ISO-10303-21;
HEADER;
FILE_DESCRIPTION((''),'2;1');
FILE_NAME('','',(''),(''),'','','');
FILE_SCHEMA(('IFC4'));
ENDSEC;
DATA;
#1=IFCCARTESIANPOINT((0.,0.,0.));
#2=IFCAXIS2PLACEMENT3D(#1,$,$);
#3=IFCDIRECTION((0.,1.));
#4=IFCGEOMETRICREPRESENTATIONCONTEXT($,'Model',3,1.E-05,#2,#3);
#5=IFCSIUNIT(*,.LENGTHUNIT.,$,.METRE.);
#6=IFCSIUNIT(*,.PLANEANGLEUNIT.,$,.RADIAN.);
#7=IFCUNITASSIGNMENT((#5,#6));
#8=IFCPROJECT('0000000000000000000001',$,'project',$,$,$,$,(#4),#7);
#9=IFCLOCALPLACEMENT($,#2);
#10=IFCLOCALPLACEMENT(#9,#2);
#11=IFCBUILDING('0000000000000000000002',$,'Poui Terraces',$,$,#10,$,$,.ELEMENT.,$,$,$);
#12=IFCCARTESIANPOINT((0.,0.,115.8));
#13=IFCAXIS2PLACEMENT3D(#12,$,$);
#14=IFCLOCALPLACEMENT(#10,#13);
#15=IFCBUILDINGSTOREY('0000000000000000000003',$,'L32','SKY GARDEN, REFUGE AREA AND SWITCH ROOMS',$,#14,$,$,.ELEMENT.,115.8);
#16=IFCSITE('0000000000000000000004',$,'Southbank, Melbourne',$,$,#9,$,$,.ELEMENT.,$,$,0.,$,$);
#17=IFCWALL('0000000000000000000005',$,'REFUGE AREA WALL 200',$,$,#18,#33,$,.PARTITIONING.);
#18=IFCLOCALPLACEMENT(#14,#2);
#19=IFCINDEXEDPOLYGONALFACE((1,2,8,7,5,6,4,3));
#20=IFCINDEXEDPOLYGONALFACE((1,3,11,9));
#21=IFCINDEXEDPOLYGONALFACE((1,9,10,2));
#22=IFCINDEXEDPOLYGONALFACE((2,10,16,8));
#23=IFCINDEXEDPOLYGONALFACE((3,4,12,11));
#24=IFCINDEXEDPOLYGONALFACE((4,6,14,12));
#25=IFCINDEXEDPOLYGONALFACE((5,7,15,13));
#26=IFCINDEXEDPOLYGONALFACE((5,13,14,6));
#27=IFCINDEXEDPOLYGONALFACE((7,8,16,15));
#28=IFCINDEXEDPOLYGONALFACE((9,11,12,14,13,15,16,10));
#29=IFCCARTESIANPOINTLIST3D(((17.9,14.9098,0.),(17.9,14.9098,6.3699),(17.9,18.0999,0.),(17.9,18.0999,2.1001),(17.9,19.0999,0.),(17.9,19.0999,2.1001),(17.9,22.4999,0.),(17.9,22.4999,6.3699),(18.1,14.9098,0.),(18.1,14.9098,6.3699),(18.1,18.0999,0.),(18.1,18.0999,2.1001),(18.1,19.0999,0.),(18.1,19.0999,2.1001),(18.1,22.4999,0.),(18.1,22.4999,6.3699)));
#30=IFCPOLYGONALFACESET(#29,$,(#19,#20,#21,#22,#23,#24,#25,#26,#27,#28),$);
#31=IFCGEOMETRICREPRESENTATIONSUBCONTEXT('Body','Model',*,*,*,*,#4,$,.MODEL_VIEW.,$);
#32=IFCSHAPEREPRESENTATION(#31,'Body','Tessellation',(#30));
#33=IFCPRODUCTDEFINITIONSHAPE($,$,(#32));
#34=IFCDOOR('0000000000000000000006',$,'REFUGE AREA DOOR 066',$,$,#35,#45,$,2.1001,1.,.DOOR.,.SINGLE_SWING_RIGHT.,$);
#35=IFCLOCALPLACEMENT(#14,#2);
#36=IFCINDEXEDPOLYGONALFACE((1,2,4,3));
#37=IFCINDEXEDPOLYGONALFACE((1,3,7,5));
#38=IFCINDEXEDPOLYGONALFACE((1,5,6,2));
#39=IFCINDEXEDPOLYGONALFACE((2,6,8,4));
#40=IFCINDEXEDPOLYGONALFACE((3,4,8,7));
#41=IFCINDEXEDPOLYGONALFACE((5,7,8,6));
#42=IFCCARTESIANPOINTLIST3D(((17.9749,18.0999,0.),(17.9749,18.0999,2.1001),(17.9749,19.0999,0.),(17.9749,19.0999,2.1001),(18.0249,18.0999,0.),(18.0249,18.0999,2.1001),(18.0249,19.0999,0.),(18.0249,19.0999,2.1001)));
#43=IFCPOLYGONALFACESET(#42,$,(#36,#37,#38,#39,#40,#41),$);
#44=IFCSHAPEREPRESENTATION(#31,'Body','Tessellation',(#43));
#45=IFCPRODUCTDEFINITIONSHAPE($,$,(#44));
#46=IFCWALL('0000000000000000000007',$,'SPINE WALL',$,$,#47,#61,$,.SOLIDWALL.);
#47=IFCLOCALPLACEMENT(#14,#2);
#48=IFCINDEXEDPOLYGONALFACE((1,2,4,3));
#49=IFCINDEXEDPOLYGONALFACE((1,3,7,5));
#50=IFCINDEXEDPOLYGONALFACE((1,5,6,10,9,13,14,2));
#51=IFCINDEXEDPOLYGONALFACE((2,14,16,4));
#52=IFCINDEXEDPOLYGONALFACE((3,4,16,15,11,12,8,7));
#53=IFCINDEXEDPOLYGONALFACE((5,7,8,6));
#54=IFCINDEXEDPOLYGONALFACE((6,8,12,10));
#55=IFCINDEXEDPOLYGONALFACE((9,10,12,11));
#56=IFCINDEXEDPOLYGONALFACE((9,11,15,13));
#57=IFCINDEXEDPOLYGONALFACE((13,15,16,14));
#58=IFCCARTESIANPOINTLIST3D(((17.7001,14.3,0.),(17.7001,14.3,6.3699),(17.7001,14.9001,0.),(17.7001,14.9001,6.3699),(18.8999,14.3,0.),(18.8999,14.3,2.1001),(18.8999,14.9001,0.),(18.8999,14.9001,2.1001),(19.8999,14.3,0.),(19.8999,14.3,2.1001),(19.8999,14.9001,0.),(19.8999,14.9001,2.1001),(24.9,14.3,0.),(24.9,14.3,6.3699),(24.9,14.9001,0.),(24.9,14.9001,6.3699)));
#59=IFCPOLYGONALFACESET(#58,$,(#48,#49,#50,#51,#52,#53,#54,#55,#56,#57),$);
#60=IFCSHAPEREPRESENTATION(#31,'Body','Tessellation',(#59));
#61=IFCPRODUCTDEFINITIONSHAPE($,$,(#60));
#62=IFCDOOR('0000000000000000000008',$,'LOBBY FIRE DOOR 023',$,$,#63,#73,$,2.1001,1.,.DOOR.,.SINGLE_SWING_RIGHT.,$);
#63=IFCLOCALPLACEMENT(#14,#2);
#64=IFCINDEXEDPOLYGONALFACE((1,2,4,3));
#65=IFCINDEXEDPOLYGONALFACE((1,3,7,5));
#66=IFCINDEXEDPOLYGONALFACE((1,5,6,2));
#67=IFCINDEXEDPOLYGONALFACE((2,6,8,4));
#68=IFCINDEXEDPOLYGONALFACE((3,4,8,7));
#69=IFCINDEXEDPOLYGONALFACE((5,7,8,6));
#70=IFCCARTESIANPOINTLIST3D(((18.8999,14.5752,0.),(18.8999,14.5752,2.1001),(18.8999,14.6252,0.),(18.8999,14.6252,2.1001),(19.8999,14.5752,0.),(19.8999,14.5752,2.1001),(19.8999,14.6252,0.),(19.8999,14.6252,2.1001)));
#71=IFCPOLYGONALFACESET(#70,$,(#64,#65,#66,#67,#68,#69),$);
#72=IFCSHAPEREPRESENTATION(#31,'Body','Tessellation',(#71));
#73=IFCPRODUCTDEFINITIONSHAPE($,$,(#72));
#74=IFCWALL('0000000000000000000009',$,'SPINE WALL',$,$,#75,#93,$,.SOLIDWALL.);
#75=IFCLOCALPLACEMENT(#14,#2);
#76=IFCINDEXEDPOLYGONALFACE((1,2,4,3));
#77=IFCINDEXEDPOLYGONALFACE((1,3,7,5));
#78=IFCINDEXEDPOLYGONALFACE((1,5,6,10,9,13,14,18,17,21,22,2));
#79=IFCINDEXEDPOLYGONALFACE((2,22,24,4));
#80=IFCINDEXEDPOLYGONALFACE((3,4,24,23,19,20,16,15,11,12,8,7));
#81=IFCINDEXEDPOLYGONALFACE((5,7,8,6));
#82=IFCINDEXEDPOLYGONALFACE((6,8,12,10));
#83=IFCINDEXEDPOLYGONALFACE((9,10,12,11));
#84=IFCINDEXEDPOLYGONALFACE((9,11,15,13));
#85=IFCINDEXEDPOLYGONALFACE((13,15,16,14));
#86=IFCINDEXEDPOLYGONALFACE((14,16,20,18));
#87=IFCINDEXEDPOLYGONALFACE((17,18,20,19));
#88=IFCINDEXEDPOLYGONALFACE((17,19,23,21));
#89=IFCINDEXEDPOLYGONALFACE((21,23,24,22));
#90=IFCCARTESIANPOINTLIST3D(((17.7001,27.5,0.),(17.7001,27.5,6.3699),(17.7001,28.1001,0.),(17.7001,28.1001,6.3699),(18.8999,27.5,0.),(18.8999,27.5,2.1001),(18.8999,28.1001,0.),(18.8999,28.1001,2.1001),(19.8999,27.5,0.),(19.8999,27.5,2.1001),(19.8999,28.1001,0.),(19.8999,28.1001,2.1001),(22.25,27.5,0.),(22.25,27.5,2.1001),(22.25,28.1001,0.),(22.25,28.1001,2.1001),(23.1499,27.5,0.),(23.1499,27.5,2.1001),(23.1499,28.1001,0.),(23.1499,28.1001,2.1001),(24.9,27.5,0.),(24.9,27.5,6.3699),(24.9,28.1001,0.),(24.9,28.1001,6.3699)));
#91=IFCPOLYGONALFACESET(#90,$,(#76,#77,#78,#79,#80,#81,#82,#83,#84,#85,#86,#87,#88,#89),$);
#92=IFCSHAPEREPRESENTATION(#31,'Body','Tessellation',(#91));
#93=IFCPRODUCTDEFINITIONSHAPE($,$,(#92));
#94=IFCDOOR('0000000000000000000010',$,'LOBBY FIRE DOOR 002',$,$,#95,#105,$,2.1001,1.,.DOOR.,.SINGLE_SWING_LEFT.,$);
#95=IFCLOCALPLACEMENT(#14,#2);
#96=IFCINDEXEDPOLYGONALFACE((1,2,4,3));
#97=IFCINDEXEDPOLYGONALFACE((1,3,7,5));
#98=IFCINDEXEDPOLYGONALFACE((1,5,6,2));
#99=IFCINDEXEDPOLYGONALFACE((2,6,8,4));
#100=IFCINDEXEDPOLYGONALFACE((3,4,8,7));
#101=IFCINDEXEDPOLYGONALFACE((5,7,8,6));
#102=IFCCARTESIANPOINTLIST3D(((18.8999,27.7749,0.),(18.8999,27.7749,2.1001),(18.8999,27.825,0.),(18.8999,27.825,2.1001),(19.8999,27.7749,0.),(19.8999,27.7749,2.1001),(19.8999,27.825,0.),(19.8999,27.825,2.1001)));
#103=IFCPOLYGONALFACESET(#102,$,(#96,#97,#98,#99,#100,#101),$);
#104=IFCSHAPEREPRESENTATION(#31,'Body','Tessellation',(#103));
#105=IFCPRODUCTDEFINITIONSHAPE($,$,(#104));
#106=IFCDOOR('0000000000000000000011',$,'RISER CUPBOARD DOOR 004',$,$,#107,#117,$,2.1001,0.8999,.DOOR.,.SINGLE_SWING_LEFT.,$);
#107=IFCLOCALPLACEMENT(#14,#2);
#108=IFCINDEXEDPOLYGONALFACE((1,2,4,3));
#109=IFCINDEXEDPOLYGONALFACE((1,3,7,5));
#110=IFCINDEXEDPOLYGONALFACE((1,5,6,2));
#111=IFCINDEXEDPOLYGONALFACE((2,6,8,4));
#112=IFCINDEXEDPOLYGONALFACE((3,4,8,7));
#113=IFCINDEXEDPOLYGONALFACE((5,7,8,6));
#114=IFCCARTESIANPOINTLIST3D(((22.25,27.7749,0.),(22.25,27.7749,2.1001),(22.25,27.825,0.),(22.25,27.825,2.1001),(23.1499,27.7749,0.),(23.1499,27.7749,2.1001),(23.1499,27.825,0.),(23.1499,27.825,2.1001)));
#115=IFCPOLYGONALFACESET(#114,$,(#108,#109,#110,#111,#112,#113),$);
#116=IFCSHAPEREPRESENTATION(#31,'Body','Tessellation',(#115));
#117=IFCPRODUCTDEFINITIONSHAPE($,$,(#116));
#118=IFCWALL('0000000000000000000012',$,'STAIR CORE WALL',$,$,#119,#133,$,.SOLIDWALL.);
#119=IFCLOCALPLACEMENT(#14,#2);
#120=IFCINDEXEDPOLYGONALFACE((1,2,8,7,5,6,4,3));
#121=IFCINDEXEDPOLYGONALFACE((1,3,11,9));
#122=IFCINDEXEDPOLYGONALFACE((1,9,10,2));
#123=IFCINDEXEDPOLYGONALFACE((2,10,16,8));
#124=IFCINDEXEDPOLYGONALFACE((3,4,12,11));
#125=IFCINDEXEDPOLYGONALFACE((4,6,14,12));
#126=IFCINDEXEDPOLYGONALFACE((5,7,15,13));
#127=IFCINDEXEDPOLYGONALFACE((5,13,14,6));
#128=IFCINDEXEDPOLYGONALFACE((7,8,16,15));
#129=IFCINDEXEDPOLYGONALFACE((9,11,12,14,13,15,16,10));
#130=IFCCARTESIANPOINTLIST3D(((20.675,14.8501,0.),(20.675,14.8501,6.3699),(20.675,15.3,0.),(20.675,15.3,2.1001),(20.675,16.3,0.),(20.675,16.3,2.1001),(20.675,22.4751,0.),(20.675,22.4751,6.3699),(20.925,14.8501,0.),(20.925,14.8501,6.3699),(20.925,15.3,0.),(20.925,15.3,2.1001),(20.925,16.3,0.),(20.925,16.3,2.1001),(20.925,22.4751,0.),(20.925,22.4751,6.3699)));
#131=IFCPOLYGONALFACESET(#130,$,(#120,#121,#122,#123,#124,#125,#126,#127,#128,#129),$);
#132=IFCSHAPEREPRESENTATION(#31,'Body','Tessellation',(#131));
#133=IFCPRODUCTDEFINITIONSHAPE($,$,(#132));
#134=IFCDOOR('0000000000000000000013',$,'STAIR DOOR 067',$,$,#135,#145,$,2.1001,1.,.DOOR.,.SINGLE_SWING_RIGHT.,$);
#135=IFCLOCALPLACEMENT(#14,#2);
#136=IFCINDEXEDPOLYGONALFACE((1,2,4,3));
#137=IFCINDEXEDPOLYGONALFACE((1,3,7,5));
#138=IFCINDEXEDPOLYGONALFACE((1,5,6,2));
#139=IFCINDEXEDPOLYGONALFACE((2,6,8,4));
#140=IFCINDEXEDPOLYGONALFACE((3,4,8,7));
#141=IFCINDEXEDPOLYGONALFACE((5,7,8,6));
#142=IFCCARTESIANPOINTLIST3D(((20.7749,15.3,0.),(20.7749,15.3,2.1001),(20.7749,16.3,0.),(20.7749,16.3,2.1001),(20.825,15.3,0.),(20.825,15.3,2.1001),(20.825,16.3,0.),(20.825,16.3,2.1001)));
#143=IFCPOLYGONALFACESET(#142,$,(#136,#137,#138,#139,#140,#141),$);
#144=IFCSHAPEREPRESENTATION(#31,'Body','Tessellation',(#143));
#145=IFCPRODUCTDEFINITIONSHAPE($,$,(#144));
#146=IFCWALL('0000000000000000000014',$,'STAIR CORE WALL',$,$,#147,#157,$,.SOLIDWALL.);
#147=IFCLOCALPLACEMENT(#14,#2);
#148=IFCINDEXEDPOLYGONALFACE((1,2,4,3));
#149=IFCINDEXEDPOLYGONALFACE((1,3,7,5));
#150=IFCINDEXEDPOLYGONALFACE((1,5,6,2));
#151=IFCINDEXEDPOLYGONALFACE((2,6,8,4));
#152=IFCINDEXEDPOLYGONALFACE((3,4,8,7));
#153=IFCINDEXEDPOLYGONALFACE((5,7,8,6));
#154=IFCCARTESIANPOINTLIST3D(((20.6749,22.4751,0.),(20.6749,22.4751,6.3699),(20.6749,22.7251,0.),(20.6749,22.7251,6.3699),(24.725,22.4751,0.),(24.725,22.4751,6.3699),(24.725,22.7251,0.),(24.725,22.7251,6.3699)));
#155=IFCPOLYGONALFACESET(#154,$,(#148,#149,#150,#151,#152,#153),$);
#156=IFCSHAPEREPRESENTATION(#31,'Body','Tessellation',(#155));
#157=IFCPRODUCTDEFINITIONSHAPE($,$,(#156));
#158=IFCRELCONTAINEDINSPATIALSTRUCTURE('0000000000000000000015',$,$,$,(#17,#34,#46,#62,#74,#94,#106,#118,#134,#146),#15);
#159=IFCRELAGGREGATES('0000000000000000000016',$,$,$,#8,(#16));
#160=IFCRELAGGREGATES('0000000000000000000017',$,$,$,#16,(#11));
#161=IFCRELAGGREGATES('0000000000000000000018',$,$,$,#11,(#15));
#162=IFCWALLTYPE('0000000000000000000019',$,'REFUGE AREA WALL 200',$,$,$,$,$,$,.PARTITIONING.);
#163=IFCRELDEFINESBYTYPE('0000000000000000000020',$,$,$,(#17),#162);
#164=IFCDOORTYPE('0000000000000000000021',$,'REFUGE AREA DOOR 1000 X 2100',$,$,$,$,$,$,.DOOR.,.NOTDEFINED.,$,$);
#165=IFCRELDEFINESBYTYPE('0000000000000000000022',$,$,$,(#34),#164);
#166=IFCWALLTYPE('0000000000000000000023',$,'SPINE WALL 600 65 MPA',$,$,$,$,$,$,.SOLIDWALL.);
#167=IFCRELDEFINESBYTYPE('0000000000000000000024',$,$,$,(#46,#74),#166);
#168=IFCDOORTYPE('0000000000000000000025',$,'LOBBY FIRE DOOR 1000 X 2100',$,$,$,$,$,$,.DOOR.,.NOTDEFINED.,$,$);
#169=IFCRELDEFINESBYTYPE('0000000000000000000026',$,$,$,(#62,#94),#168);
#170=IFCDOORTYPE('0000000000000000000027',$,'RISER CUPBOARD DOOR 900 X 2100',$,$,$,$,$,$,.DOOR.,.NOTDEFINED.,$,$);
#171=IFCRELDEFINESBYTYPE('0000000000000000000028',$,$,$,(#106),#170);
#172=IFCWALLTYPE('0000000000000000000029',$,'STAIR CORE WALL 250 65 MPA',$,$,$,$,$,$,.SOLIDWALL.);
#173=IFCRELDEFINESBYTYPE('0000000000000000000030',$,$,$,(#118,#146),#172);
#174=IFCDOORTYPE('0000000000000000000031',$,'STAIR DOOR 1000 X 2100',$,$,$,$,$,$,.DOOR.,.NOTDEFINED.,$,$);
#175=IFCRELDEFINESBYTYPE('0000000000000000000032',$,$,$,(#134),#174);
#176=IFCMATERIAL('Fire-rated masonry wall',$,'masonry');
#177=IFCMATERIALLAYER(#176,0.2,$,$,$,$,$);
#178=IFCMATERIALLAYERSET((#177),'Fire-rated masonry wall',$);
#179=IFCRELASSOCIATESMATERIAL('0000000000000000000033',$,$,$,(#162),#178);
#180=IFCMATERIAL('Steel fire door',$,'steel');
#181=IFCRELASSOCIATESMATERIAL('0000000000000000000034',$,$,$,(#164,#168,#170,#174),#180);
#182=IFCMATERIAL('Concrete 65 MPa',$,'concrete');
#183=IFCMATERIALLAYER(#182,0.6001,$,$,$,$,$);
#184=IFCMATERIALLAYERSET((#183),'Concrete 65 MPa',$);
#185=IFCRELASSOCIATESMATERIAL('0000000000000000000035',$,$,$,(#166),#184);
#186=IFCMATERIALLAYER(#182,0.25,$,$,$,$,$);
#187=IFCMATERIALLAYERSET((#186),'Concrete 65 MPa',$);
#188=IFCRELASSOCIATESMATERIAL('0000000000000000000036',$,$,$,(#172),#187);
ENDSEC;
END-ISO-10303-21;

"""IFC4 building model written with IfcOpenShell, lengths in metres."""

from ifc_helpers import new_model, si_unit, direction, frame, frame_2d, origin, place, context, subcontext, project, spatial, rectangle, extrude, material, layer, layer_set, type_object, element, fill, save


model = new_model("IFC4")

# Units and contexts
model_context = context("Model", 3, precision=1e-05, world=origin(), true_north=direction((0.0, 1.0)))
body_context = subcontext(model_context, "Body", "Model", "MODEL_VIEW")
ifc_project = project(units=[si_unit("LENGTHUNIT", "METRE"), si_unit("PLANEANGLEUNIT", "RADIAN")], contexts=[model_context])

# Site, building, storey
site_placement = place(None, origin())
site = spatial("IfcSite", under=ifc_project, at=site_placement, Name="Southbank, Melbourne", CompositionType="ELEMENT", RefElevation=0.0)
building_placement = place(site_placement, origin())
building = spatial("IfcBuilding", under=site, at=building_placement, Name="Poui Terraces", CompositionType="ELEMENT")
storey_placement = place(building_placement, frame((0.0, 0.0, 115.8)))
storey = spatial("IfcBuildingStorey", under=building, at=storey_placement, Name="L32", Description="SKY GARDEN, REFUGE AREA AND SWITCH ROOMS", CompositionType="ELEMENT", Elevation=115.8)

# Shared definitions
ifc_material_1 = material(Name="Concrete 65 MPa", Category="concrete")

# Shared definitions
ifc_material_2 = material(Name="Steel fire door", Category="steel")

# Shared definitions
ifc_material_3 = material(Name="Fire-rated masonry wall", Category="masonry")
ifc_layer_1 = layer(ifc_material_3, 0.2)
ifc_layer_set_1 = layer_set([ifc_layer_1], Name="Fire-rated masonry wall")
wall_type_1 = type_object("IfcWallType", Name="REFUGE AREA WALL 200", PredefinedType="PARTITIONING", material=ifc_layer_set_1)

# Walls, openings, doors
wall_1_placement = place(storey_placement, frame((18.0, 14.9099, 0.0), z_axis=(0.0, 0.0, 1.0), x_axis=(0.0, 1.0, 0.0)))
wall_1 = element("IfcWall", 1, at=wall_1_placement, inside=storey, type_object=wall_type_1, Name="REFUGE AREA WALL 200", PredefinedType="PARTITIONING", context=body_context, shape_type="SweptSolid", body=[
    extrude(rectangle(XDim=7.5901, YDim=0.2, at=frame_2d((3.7949, 0.0))), origin(), (0.0, 0.0, 1.0), 6.3699),
])
opening_1_placement = place(wall_1_placement, frame((3.1899, 0.0, 0.0)))
opening_1 = element("IfcOpeningElement", 2, at=opening_1_placement, cuts=wall_1, PredefinedType="OPENING", context=body_context, shape_type="SweptSolid", body=[
    extrude(rectangle(XDim=1.0, YDim=2.1001, at=frame_2d((0.5, 1.05))), frame((0.0, 0.1099, 0.0), z_axis=(0.0, -1.0, 0.0), x_axis=(1.0, 0.0, 0.0)), (0.0, 0.0, 1.0), 0.22),
])
door_type_1 = type_object("IfcDoorType", Name="REFUGE AREA DOOR 1000 X 2100", OperationType="NOTDEFINED", PredefinedType="DOOR", material=ifc_material_2)
door_1_placement = place(opening_1_placement, frame((1.0, 0.0, 0.0), z_axis=(0.0, 0.0, 1.0), x_axis=(-1.0, 0.0, 0.0)))
door_1 = element("IfcDoor", 3, at=door_1_placement, inside=storey, type_object=door_type_1, Name="REFUGE AREA DOOR 066", OperationType="SINGLE_SWING_RIGHT", OverallHeight=2.1001, OverallWidth=1.0, PredefinedType="DOOR", context=body_context, shape_type="SweptSolid", body=[
    extrude(rectangle(XDim=1.0, YDim=2.1001, at=frame_2d((0.5, 1.05))), frame((0.0, 0.0249, 0.0), z_axis=(0.0, -1.0, 0.0), x_axis=(1.0, 0.0, 0.0)), (0.0, 0.0, 1.0), 0.05),
])
fill(opening_1, door_1)
ifc_layer_2 = layer(ifc_material_1, 0.6001)
ifc_layer_set_2 = layer_set([ifc_layer_2], Name="Concrete 65 MPa")
wall_type_2 = type_object("IfcWallType", Name="SPINE WALL 600 65 MPA", PredefinedType="SOLIDWALL", material=ifc_layer_set_2)
wall_2_placement = place(storey_placement, frame((17.7, 14.6001, 0.0), z_axis=(0.0, 0.0, 1.0), x_axis=(1.0, 0.0, 0.0)))
wall_2 = element("IfcWall", 4, at=wall_2_placement, inside=storey, type_object=wall_type_2, Name="SPINE WALL", PredefinedType="SOLIDWALL", context=body_context, shape_type="SweptSolid", body=[
    extrude(rectangle(XDim=7.2, YDim=0.6001, at=frame_2d((3.6001, 0.0))), origin(), (0.0, 0.0, 1.0), 6.3699),
])
opening_2_placement = place(wall_2_placement, frame((1.2, 0.0, 0.0)))
opening_2 = element("IfcOpeningElement", 5, at=opening_2_placement, cuts=wall_2, PredefinedType="OPENING", context=body_context, shape_type="SweptSolid", body=[
    extrude(rectangle(XDim=1.0, YDim=2.1001, at=frame_2d((0.5, 1.05))), frame((0.0, 0.3101, 0.0), z_axis=(0.0, -1.0, 0.0), x_axis=(1.0, 0.0, 0.0)), (0.0, 0.0, 1.0), 0.6201),
])
door_type_2 = type_object("IfcDoorType", Name="LOBBY FIRE DOOR 1000 X 2100", OperationType="NOTDEFINED", PredefinedType="DOOR", material=ifc_material_2)
door_2_placement = place(opening_2_placement, frame((1.0, 0.0, 0.0), z_axis=(0.0, 0.0, 1.0), x_axis=(-1.0, 0.0, 0.0)))
door_2 = element("IfcDoor", 6, at=door_2_placement, inside=storey, type_object=door_type_2, Name="LOBBY FIRE DOOR 023", OperationType="SINGLE_SWING_RIGHT", OverallHeight=2.1001, OverallWidth=1.0, PredefinedType="DOOR", context=body_context, shape_type="SweptSolid", body=[
    extrude(rectangle(XDim=1.0, YDim=2.1001, at=frame_2d((0.5, 1.05))), frame((0.0, 0.0249, 0.0), z_axis=(0.0, -1.0, 0.0), x_axis=(1.0, 0.0, 0.0)), (0.0, 0.0, 1.0), 0.05),
])
fill(opening_2, door_2)

# Wall, openings, doors
wall_3_placement = place(storey_placement, frame((17.7, 27.8, 0.0), z_axis=(0.0, 0.0, 1.0), x_axis=(1.0, 0.0, 0.0)))
wall_3 = element("IfcWall", 7, at=wall_3_placement, inside=storey, type_object=wall_type_2, Name="SPINE WALL", PredefinedType="SOLIDWALL", context=body_context, shape_type="SweptSolid", body=[
    extrude(rectangle(XDim=7.2, YDim=0.6001, at=frame_2d((3.6001, 0.0))), origin(), (0.0, 0.0, 1.0), 6.3699),
])
opening_3_placement = place(wall_3_placement, frame((1.2, 0.0, 0.0)))
opening_3 = element("IfcOpeningElement", 8, at=opening_3_placement, cuts=wall_3, PredefinedType="OPENING", context=body_context, shape_type="SweptSolid", body=[
    extrude(rectangle(XDim=1.0, YDim=2.1001, at=frame_2d((0.5, 1.05))), frame((0.0, 0.3101, 0.0), z_axis=(0.0, -1.0, 0.0), x_axis=(1.0, 0.0, 0.0)), (0.0, 0.0, 1.0), 0.6201),
])
opening_4_placement = place(wall_3_placement, frame((4.55, 0.0, 0.0)))
opening_4 = element("IfcOpeningElement", 9, at=opening_4_placement, cuts=wall_3, PredefinedType="OPENING", context=body_context, shape_type="SweptSolid", body=[
    extrude(rectangle(XDim=0.8999, YDim=2.1001, at=frame_2d((0.45, 1.05))), frame((0.0, 0.3101, 0.0), z_axis=(0.0, -1.0, 0.0), x_axis=(1.0, 0.0, 0.0)), (0.0, 0.0, 1.0), 0.6201),
])
door_3_placement = place(opening_3_placement, origin())
door_3 = element("IfcDoor", 10, at=door_3_placement, inside=storey, type_object=door_type_2, Name="LOBBY FIRE DOOR 002", OperationType="SINGLE_SWING_LEFT", OverallHeight=2.1001, OverallWidth=1.0, PredefinedType="DOOR", context=body_context, shape_type="SweptSolid", body=[
    extrude(rectangle(XDim=1.0, YDim=2.1001, at=frame_2d((0.5, 1.05))), frame((0.0, 0.0249, 0.0), z_axis=(0.0, -1.0, 0.0), x_axis=(1.0, 0.0, 0.0)), (0.0, 0.0, 1.0), 0.05),
])
fill(opening_3, door_3)
door_type_3 = type_object("IfcDoorType", Name="RISER CUPBOARD DOOR 900 X 2100", OperationType="NOTDEFINED", PredefinedType="DOOR", material=ifc_material_2)
door_4_placement = place(opening_4_placement, origin())
door_4 = element("IfcDoor", 11, at=door_4_placement, inside=storey, type_object=door_type_3, Name="RISER CUPBOARD DOOR 004", OperationType="SINGLE_SWING_LEFT", OverallHeight=2.1001, OverallWidth=0.8999, PredefinedType="DOOR", context=body_context, shape_type="SweptSolid", body=[
    extrude(rectangle(XDim=0.8999, YDim=2.1001, at=frame_2d((0.45, 1.05))), frame((0.0, 0.0249, 0.0), z_axis=(0.0, -1.0, 0.0), x_axis=(1.0, 0.0, 0.0)), (0.0, 0.0, 1.0), 0.05),
])
fill(opening_4, door_4)

# Wall, opening, door
ifc_layer_3 = layer(ifc_material_1, 0.25)
ifc_layer_set_3 = layer_set([ifc_layer_3], Name="Concrete 65 MPa")
wall_type_3 = type_object("IfcWallType", Name="STAIR CORE WALL 250 65 MPA", PredefinedType="SOLIDWALL", material=ifc_layer_set_3)
wall_4_placement = place(storey_placement, frame((20.8, 14.8501, 0.0), z_axis=(0.0, 0.0, 1.0), x_axis=(0.0, 1.0, 0.0)))
wall_4 = element("IfcWall", 12, at=wall_4_placement, inside=storey, type_object=wall_type_3, Name="STAIR CORE WALL", PredefinedType="SOLIDWALL", context=body_context, shape_type="SweptSolid", body=[
    extrude(rectangle(XDim=7.625, YDim=0.25, at=frame_2d((3.8125, 0.0))), origin(), (0.0, 0.0, 1.0), 6.3699),
])
opening_5_placement = place(wall_4_placement, frame((0.45, 0.0, 0.0)))
opening_5 = element("IfcOpeningElement", 13, at=opening_5_placement, cuts=wall_4, PredefinedType="OPENING", context=body_context, shape_type="SweptSolid", body=[
    extrude(rectangle(XDim=1.0, YDim=2.1001, at=frame_2d((0.5, 1.05))), frame((0.0, 0.135, 0.0), z_axis=(0.0, -1.0, 0.0), x_axis=(1.0, 0.0, 0.0)), (0.0, 0.0, 1.0), 0.27),
])
door_type_4 = type_object("IfcDoorType", Name="STAIR DOOR 1000 X 2100", OperationType="NOTDEFINED", PredefinedType="DOOR", material=ifc_material_2)
door_5_placement = place(opening_5_placement, frame((1.0, 0.0, 0.0), z_axis=(0.0, 0.0, 1.0), x_axis=(-1.0, 0.0, 0.0)))
door_5 = element("IfcDoor", 14, at=door_5_placement, inside=storey, type_object=door_type_4, Name="STAIR DOOR 067", OperationType="SINGLE_SWING_RIGHT", OverallHeight=2.1001, OverallWidth=1.0, PredefinedType="DOOR", context=body_context, shape_type="SweptSolid", body=[
    extrude(rectangle(XDim=1.0, YDim=2.1001, at=frame_2d((0.5, 1.05))), frame((0.0, 0.0249, 0.0), z_axis=(0.0, -1.0, 0.0), x_axis=(1.0, 0.0, 0.0)), (0.0, 0.0, 1.0), 0.05),
])
fill(opening_5, door_5)

# Wall
wall_5_placement = place(storey_placement, frame((20.675, 22.6001, 0.0), z_axis=(0.0, 0.0, 1.0), x_axis=(1.0, 0.0, 0.0)))
element("IfcWall", 15, at=wall_5_placement, inside=storey, type_object=wall_type_3, Name="STAIR CORE WALL", PredefinedType="SOLIDWALL", context=body_context, shape_type="SweptSolid", body=[
    extrude(rectangle(XDim=4.05, YDim=0.25, at=frame_2d((2.0249, 0.0))), origin(), (0.0, 0.0, 1.0), 6.3699),
])

save(model, "model.ifc")
